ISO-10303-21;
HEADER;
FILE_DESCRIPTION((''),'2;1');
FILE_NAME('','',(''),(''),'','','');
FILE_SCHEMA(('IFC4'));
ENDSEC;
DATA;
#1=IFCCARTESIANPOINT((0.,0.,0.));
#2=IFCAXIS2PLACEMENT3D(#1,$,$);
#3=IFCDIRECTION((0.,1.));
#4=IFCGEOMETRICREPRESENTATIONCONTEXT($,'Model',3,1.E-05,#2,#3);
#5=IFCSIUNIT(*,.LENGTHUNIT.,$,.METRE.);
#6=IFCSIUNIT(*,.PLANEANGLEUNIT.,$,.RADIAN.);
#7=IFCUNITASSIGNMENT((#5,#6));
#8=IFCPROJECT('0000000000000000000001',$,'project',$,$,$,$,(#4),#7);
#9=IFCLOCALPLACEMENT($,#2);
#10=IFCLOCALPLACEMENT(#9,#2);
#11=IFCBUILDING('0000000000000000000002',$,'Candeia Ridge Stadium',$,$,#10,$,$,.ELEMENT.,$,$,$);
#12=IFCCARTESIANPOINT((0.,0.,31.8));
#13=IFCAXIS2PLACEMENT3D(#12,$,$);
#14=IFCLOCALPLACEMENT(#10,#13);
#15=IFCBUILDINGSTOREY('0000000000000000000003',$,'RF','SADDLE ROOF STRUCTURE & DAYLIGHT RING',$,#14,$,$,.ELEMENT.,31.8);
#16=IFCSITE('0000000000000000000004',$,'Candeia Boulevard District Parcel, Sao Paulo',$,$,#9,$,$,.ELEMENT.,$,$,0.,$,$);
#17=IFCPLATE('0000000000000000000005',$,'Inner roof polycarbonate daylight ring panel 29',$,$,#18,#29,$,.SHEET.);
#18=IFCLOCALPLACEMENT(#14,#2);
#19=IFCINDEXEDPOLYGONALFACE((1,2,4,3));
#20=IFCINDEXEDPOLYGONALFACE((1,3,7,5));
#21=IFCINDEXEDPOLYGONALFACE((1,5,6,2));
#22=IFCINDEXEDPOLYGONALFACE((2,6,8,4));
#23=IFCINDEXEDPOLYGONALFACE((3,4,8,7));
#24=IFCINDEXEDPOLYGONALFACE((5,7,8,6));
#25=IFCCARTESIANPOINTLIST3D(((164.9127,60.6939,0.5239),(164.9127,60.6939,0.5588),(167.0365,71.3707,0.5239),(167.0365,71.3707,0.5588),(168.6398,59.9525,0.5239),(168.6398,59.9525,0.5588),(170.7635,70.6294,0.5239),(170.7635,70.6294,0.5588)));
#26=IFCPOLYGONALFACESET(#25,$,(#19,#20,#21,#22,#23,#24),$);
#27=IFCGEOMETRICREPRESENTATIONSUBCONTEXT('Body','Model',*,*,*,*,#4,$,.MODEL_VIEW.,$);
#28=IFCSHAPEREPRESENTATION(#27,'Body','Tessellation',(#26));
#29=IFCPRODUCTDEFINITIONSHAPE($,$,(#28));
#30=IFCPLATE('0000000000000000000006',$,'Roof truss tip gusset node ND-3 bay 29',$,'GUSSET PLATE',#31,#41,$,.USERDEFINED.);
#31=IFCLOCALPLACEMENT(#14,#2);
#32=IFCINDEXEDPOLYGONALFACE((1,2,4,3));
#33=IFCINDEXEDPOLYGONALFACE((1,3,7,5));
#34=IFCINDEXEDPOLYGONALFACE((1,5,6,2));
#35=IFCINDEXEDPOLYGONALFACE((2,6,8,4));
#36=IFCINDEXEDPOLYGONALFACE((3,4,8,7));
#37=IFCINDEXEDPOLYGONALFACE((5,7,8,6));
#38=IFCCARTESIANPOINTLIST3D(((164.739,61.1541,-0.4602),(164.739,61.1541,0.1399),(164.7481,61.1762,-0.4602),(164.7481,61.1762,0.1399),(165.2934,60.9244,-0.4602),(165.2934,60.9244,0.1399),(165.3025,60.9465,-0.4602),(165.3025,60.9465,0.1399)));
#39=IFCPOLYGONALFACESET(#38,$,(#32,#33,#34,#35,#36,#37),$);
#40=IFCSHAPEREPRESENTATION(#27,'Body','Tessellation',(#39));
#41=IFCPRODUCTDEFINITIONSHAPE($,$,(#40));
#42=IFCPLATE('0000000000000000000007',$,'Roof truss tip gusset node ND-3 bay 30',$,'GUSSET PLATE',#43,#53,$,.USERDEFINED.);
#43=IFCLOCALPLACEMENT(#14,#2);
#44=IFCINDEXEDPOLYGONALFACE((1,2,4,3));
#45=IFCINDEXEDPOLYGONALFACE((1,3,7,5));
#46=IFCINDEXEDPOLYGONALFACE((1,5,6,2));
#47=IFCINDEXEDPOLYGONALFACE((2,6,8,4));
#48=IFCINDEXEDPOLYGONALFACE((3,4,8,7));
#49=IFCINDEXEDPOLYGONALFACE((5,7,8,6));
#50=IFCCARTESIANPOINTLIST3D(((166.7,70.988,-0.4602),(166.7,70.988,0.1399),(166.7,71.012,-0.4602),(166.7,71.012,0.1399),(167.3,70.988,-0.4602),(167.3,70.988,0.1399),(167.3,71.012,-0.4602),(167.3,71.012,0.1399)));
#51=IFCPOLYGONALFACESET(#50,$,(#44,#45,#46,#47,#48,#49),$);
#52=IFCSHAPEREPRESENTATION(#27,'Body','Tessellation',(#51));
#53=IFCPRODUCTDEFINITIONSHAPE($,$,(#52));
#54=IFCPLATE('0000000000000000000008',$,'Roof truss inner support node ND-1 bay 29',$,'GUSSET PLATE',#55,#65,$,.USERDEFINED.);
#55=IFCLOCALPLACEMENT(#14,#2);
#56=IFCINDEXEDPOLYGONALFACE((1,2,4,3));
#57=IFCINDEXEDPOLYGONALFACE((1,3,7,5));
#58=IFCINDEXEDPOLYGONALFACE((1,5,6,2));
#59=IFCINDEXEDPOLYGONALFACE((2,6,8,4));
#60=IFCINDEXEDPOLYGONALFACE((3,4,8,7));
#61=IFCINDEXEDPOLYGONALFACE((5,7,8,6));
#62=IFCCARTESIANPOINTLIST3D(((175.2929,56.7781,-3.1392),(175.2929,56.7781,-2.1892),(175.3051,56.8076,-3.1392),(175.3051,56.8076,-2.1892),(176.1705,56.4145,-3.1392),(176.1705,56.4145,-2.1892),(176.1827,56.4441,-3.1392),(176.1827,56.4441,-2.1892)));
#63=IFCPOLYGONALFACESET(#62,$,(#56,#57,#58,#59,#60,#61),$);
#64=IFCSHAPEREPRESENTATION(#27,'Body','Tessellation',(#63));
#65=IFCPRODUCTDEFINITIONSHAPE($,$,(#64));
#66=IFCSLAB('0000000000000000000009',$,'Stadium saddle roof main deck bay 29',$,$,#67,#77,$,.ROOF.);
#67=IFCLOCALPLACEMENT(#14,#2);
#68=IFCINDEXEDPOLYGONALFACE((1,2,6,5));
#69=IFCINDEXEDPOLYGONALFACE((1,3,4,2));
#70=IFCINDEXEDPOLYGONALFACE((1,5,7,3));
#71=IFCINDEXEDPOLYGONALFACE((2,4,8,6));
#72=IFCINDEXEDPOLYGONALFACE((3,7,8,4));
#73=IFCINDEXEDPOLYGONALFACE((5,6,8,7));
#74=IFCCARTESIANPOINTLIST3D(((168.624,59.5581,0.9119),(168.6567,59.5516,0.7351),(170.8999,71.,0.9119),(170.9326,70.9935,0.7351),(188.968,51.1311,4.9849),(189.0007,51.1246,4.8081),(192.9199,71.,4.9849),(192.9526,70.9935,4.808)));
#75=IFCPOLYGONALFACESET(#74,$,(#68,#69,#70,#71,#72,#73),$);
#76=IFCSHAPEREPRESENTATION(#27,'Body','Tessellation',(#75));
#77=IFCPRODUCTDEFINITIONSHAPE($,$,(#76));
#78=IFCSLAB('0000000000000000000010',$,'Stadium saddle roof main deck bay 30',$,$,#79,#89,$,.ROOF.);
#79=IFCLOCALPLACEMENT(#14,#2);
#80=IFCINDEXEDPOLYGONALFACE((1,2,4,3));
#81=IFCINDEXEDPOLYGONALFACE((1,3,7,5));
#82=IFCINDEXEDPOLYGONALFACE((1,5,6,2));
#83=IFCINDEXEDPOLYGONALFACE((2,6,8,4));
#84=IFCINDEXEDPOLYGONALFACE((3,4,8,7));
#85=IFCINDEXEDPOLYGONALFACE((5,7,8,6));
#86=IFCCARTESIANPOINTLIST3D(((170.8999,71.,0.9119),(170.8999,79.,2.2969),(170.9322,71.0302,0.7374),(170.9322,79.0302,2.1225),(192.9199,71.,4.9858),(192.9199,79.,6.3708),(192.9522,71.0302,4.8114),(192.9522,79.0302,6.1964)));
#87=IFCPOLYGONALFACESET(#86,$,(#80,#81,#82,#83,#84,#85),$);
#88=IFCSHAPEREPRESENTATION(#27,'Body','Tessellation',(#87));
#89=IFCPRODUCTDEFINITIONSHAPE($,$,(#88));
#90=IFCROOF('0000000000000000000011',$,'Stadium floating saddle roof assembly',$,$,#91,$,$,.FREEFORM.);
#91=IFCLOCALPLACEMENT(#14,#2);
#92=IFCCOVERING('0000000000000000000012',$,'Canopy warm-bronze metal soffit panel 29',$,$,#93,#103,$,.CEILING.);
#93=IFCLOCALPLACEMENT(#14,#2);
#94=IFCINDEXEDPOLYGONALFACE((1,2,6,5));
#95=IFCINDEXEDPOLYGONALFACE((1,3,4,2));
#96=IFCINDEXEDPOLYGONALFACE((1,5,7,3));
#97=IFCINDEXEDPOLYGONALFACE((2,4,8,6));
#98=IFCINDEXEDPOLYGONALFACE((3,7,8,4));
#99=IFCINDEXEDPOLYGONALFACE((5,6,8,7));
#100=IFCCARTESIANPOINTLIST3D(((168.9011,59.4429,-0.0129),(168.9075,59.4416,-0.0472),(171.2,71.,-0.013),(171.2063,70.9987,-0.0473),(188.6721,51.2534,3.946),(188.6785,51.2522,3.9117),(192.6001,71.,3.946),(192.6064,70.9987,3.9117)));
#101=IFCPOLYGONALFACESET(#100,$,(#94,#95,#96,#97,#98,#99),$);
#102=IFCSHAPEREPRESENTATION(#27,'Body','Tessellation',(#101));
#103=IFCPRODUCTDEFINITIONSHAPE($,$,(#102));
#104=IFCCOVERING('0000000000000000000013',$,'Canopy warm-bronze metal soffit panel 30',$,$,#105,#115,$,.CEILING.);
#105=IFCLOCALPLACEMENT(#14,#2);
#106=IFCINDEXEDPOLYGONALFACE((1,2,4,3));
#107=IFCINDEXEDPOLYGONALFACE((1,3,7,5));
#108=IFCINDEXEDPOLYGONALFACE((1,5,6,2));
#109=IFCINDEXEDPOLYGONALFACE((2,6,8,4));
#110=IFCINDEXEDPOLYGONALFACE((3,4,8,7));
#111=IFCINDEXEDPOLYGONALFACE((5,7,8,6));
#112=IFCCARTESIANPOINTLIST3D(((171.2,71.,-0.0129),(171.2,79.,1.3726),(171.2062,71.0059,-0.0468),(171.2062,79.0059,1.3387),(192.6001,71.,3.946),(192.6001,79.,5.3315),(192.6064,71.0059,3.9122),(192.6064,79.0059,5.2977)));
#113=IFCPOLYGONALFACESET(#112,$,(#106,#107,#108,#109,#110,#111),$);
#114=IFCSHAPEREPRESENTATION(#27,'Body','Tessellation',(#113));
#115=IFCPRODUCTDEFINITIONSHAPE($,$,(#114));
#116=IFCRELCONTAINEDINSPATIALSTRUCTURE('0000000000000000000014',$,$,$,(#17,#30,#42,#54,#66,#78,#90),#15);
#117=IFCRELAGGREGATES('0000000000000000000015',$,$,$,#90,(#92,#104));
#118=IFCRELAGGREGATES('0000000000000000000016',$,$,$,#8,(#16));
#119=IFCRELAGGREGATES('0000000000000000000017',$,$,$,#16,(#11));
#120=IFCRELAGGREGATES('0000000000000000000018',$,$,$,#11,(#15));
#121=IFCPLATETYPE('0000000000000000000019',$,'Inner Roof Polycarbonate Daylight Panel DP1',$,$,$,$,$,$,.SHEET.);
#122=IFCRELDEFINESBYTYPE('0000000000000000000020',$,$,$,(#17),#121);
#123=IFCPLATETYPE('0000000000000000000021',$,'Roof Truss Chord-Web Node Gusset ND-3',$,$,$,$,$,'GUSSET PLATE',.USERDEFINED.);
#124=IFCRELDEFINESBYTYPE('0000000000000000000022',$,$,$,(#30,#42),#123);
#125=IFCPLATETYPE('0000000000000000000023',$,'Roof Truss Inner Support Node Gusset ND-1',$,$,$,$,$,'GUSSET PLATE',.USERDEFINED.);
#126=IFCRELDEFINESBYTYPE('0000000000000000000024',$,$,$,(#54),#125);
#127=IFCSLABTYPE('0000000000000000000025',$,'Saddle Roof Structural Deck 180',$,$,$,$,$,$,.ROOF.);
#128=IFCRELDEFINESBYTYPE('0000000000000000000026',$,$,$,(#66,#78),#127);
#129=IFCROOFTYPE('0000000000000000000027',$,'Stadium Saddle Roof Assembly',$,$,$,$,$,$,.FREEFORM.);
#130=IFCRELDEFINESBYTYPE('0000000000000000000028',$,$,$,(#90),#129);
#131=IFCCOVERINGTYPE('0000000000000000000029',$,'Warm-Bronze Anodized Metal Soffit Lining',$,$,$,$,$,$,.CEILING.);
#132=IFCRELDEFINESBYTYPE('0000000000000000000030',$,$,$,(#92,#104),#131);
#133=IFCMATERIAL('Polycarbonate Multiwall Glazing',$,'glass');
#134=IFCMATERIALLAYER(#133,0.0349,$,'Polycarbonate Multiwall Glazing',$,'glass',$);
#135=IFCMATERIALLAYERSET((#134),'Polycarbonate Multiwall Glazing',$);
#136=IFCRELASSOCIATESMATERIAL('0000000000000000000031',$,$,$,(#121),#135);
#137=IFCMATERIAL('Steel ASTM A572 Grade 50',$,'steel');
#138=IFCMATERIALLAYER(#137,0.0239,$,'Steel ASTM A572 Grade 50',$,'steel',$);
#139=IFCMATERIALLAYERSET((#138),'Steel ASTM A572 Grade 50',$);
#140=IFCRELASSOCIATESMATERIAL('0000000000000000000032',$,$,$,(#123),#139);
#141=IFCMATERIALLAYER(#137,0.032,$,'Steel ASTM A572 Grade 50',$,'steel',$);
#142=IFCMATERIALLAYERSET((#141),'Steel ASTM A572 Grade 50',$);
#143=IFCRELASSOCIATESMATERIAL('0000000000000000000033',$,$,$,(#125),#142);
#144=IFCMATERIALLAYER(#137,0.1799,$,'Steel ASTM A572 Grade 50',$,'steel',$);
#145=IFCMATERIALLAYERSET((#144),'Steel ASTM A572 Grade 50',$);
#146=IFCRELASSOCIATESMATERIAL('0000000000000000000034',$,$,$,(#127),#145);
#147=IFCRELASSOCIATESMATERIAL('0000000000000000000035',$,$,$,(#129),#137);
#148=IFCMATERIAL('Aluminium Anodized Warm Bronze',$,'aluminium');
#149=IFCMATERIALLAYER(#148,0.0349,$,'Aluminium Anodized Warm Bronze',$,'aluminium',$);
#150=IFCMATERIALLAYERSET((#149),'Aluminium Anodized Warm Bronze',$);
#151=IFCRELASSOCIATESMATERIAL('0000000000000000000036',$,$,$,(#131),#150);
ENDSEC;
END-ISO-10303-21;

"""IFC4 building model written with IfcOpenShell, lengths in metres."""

from ifc_helpers import new_model, si_unit, direction, frame, origin, origin_2d, place, context, subcontext, project, spatial, polyline, rectangle, outline, extrude, material, layer, layer_set, type_object, element, aggregate, save


model = new_model("IFC4")

# Units and contexts
model_context = context("Model", 3, precision=1e-05, world=origin(), true_north=direction((0.0, 1.0)))
body_context = subcontext(model_context, "Body", "Model", "MODEL_VIEW")
ifc_project = project(units=[si_unit("LENGTHUNIT", "METRE"), si_unit("PLANEANGLEUNIT", "RADIAN")], contexts=[model_context])

# Site, building, storey
site_placement = place(None, origin())
site = spatial("IfcSite", under=ifc_project, at=site_placement, Name="Candeia Boulevard District Parcel, Sao Paulo", CompositionType="ELEMENT", RefElevation=0.0)
building_placement = place(site_placement, origin())
building = spatial("IfcBuilding", under=site, at=building_placement, Name="Candeia Ridge Stadium", CompositionType="ELEMENT")
storey_placement = place(building_placement, frame((0.0, 0.0, 31.8)))
storey = spatial("IfcBuildingStorey", under=building, at=storey_placement, Name="RF", Description="SADDLE ROOF STRUCTURE & DAYLIGHT RING", CompositionType="ELEMENT", Elevation=31.8)

# Shared definitions
ifc_material_1 = material(Name="Steel ASTM A572 Grade 50", Category="steel")

# Plates
ifc_material_2 = material(Name="Polycarbonate Multiwall Glazing", Category="glass")
ifc_layer_1 = layer(ifc_material_2, 0.0349, Name="Polycarbonate Multiwall Glazing", Category="glass")
ifc_layer_set_1 = layer_set([ifc_layer_1], Name="Polycarbonate Multiwall Glazing")
plate_type_1 = type_object("IfcPlateType", Name="Inner Roof Polycarbonate Daylight Panel DP1", PredefinedType="SHEET", material=ifc_layer_set_1)
plate_1_placement = place(storey_placement, frame((167.8381, 65.6616, 0.5239), z_axis=(0.0, 0.0, 1.0), x_axis=(0.19509, 0.980785, 0.0)))
element("IfcPlate", 1, at=plate_1_placement, inside=storey, type_object=plate_type_1, Name="Inner roof polycarbonate daylight ring panel 29", PredefinedType="SHEET", context=body_context, shape_type="SweptSolid", body=[
    extrude(rectangle(XDim=10.886, YDim=3.8, at=origin_2d()), origin(), (0.0, 0.0, 1.0), 0.0349),
])
ifc_layer_2 = layer(ifc_material_1, 0.0239, Name="Steel ASTM A572 Grade 50", Category="steel")
ifc_layer_set_2 = layer_set([ifc_layer_2], Name="Steel ASTM A572 Grade 50")
plate_type_2 = type_object("IfcPlateType", Name="Roof Truss Chord-Web Node Gusset ND-3", ElementType="GUSSET PLATE", PredefinedType="USERDEFINED", material=ifc_layer_set_2)
for number, where, z_axis, x_axis, name in (
    (2, (165.0208, 61.0503, -0.4602), (0.0, 0.0, 1.0), (0.92388, -0.382683, 0.0), "Roof truss tip gusset node ND-3 bay 29"),
    (3, (167.0, 71.0, -0.4602), (0.0, 0.0, 1.0), (1.0, 0.0, 0.0), "Roof truss tip gusset node ND-3 bay 30"),
):
    element("IfcPlate", number, at=place(storey_placement, frame(where, z_axis=z_axis, x_axis=x_axis)), inside=storey, type_object=plate_type_2, Name=name, ObjectType="GUSSET PLATE", PredefinedType="USERDEFINED", context=body_context, shape_type="SweptSolid", body=[
        extrude(rectangle(XDim=0.6001, YDim=0.0239, at=origin_2d()), origin(), (0.0, 0.0, 1.0), 0.6001),
    ])
ifc_layer_3 = layer(ifc_material_1, 0.032, Name="Steel ASTM A572 Grade 50", Category="steel")
ifc_layer_set_3 = layer_set([ifc_layer_3], Name="Steel ASTM A572 Grade 50")
plate_type_3 = type_object("IfcPlateType", Name="Roof Truss Inner Support Node Gusset ND-1", ElementType="GUSSET PLATE", PredefinedType="USERDEFINED", material=ifc_layer_set_3)
plate_2_placement = place(storey_placement, frame((175.7378, 56.6111, -3.1392), z_axis=(0.0, 0.0, 1.0), x_axis=(0.92388, -0.382683, 0.0)))
element("IfcPlate", 4, at=plate_2_placement, inside=storey, type_object=plate_type_3, Name="Roof truss inner support node ND-1 bay 29", ObjectType="GUSSET PLATE", PredefinedType="USERDEFINED", context=body_context, shape_type="SweptSolid", body=[
    extrude(rectangle(XDim=0.95, YDim=0.032, at=origin_2d()), origin(), (0.0, 0.0, 1.0), 0.95),
])

# Slabs
ifc_layer_4 = layer(ifc_material_1, 0.1799, Name="Steel ASTM A572 Grade 50", Category="steel")
ifc_layer_set_4 = layer_set([ifc_layer_4], Name="Steel ASTM A572 Grade 50")
slab_type = type_object("IfcSlabType", Name="Saddle Roof Structural Deck 180", PredefinedType="ROOF", material=ifc_layer_set_4)
slab_1_placement = place(storey_placement, frame((168.624, 59.5581, 0.9119), z_axis=(-0.181763, 0.036153, 0.982677), x_axis=(0.195086, 0.980786, 0.000001)))
element("IfcSlab", 5, at=slab_1_placement, inside=storey, type_object=slab_type, Name="Stadium saddle roof main deck bay 29", PredefinedType="ROOF", context=body_context, shape_type="SweptSolid", body=[
    extrude(outline(polyline([(0.0, 0.0), (11.666, 0.0), (15.9618, -21.9776), (-4.2963, -21.9778), (0.0, 0.0)])), origin(), (0.0, 0.0, -1.0), 0.1799),
])
slab_2_placement = place(storey_placement, frame((170.8999, 71.0, 0.9119), z_axis=(-0.179345, -0.167823, 0.969366), x_axis=(0.0, 0.985342, 0.170589)))
element("IfcSlab", 6, at=slab_2_placement, inside=storey, type_object=slab_type, Name="Stadium saddle roof main deck bay 30", PredefinedType="ROOF", context=body_context, shape_type="SweptSolid", body=[
    extrude(outline(polyline([(0.0, 0.0), (8.119, 0.0), (8.814, -22.3829), (0.695, -22.3829), (0.0, 0.0)])), origin(), (0.0, 0.0, -1.0), 0.1799),
])

# Roof, coverings
roof_type = type_object("IfcRoofType", Name="Stadium Saddle Roof Assembly", PredefinedType="FREEFORM", material=ifc_material_1)
roof_placement = place(storey_placement, origin())
roof = element("IfcRoof", 7, at=roof_placement, inside=storey, type_object=roof_type, Name="Stadium floating saddle roof assembly", PredefinedType="FREEFORM")
ifc_material_3 = material(Name="Aluminium Anodized Warm Bronze", Category="aluminium")
ifc_layer_5 = layer(ifc_material_3, 0.0349, Name="Aluminium Anodized Warm Bronze", Category="aluminium")
ifc_layer_set_5 = layer_set([ifc_layer_5], Name="Aluminium Anodized Warm Bronze")
covering_type = type_object("IfcCoveringType", Name="Warm-Bronze Anodized Metal Soffit Lining", PredefinedType="CEILING", material=ifc_layer_set_5)
covering_1_placement = place(storey_placement, frame((168.9011, 59.4429, -0.0129), z_axis=(-0.181793, 0.036162, 0.982672), x_axis=(0.195088, 0.980786, -0.000001)))
covering_1 = element("IfcCovering", 8, at=covering_1_placement, type_object=covering_type, Name="Canopy warm-bronze metal soffit panel 29", PredefinedType="CEILING", context=body_context, shape_type="SweptSolid", body=[
    extrude(outline(polyline([(0.0, 0.0), (11.7835, 0.0), (15.9585, -21.3591), (-4.175, -21.3589), (0.0, 0.0)])), origin(), (0.0, 0.0, -1.0), 0.0349),
])
covering_2_placement = place(storey_placement, frame((171.2, 71.0, -0.0129), z_axis=(-0.179329, -0.167881, 0.969359), x_axis=(0.0, 0.985332, 0.170647)))
covering_2 = element("IfcCovering", 9, at=covering_2_placement, type_object=covering_type, Name="Canopy warm-bronze metal soffit panel 30", PredefinedType="CEILING", context=body_context, shape_type="SweptSolid", body=[
    extrude(outline(polyline([(0.0, 0.0), (8.1191, 0.0), (8.7947, -21.7528), (0.6756, -21.7528), (0.0, 0.0)])), origin(), (0.0, 0.0, -1.0), 0.0349),
])
aggregate(roof, [covering_1, covering_2])

save(model, "model.ifc")
